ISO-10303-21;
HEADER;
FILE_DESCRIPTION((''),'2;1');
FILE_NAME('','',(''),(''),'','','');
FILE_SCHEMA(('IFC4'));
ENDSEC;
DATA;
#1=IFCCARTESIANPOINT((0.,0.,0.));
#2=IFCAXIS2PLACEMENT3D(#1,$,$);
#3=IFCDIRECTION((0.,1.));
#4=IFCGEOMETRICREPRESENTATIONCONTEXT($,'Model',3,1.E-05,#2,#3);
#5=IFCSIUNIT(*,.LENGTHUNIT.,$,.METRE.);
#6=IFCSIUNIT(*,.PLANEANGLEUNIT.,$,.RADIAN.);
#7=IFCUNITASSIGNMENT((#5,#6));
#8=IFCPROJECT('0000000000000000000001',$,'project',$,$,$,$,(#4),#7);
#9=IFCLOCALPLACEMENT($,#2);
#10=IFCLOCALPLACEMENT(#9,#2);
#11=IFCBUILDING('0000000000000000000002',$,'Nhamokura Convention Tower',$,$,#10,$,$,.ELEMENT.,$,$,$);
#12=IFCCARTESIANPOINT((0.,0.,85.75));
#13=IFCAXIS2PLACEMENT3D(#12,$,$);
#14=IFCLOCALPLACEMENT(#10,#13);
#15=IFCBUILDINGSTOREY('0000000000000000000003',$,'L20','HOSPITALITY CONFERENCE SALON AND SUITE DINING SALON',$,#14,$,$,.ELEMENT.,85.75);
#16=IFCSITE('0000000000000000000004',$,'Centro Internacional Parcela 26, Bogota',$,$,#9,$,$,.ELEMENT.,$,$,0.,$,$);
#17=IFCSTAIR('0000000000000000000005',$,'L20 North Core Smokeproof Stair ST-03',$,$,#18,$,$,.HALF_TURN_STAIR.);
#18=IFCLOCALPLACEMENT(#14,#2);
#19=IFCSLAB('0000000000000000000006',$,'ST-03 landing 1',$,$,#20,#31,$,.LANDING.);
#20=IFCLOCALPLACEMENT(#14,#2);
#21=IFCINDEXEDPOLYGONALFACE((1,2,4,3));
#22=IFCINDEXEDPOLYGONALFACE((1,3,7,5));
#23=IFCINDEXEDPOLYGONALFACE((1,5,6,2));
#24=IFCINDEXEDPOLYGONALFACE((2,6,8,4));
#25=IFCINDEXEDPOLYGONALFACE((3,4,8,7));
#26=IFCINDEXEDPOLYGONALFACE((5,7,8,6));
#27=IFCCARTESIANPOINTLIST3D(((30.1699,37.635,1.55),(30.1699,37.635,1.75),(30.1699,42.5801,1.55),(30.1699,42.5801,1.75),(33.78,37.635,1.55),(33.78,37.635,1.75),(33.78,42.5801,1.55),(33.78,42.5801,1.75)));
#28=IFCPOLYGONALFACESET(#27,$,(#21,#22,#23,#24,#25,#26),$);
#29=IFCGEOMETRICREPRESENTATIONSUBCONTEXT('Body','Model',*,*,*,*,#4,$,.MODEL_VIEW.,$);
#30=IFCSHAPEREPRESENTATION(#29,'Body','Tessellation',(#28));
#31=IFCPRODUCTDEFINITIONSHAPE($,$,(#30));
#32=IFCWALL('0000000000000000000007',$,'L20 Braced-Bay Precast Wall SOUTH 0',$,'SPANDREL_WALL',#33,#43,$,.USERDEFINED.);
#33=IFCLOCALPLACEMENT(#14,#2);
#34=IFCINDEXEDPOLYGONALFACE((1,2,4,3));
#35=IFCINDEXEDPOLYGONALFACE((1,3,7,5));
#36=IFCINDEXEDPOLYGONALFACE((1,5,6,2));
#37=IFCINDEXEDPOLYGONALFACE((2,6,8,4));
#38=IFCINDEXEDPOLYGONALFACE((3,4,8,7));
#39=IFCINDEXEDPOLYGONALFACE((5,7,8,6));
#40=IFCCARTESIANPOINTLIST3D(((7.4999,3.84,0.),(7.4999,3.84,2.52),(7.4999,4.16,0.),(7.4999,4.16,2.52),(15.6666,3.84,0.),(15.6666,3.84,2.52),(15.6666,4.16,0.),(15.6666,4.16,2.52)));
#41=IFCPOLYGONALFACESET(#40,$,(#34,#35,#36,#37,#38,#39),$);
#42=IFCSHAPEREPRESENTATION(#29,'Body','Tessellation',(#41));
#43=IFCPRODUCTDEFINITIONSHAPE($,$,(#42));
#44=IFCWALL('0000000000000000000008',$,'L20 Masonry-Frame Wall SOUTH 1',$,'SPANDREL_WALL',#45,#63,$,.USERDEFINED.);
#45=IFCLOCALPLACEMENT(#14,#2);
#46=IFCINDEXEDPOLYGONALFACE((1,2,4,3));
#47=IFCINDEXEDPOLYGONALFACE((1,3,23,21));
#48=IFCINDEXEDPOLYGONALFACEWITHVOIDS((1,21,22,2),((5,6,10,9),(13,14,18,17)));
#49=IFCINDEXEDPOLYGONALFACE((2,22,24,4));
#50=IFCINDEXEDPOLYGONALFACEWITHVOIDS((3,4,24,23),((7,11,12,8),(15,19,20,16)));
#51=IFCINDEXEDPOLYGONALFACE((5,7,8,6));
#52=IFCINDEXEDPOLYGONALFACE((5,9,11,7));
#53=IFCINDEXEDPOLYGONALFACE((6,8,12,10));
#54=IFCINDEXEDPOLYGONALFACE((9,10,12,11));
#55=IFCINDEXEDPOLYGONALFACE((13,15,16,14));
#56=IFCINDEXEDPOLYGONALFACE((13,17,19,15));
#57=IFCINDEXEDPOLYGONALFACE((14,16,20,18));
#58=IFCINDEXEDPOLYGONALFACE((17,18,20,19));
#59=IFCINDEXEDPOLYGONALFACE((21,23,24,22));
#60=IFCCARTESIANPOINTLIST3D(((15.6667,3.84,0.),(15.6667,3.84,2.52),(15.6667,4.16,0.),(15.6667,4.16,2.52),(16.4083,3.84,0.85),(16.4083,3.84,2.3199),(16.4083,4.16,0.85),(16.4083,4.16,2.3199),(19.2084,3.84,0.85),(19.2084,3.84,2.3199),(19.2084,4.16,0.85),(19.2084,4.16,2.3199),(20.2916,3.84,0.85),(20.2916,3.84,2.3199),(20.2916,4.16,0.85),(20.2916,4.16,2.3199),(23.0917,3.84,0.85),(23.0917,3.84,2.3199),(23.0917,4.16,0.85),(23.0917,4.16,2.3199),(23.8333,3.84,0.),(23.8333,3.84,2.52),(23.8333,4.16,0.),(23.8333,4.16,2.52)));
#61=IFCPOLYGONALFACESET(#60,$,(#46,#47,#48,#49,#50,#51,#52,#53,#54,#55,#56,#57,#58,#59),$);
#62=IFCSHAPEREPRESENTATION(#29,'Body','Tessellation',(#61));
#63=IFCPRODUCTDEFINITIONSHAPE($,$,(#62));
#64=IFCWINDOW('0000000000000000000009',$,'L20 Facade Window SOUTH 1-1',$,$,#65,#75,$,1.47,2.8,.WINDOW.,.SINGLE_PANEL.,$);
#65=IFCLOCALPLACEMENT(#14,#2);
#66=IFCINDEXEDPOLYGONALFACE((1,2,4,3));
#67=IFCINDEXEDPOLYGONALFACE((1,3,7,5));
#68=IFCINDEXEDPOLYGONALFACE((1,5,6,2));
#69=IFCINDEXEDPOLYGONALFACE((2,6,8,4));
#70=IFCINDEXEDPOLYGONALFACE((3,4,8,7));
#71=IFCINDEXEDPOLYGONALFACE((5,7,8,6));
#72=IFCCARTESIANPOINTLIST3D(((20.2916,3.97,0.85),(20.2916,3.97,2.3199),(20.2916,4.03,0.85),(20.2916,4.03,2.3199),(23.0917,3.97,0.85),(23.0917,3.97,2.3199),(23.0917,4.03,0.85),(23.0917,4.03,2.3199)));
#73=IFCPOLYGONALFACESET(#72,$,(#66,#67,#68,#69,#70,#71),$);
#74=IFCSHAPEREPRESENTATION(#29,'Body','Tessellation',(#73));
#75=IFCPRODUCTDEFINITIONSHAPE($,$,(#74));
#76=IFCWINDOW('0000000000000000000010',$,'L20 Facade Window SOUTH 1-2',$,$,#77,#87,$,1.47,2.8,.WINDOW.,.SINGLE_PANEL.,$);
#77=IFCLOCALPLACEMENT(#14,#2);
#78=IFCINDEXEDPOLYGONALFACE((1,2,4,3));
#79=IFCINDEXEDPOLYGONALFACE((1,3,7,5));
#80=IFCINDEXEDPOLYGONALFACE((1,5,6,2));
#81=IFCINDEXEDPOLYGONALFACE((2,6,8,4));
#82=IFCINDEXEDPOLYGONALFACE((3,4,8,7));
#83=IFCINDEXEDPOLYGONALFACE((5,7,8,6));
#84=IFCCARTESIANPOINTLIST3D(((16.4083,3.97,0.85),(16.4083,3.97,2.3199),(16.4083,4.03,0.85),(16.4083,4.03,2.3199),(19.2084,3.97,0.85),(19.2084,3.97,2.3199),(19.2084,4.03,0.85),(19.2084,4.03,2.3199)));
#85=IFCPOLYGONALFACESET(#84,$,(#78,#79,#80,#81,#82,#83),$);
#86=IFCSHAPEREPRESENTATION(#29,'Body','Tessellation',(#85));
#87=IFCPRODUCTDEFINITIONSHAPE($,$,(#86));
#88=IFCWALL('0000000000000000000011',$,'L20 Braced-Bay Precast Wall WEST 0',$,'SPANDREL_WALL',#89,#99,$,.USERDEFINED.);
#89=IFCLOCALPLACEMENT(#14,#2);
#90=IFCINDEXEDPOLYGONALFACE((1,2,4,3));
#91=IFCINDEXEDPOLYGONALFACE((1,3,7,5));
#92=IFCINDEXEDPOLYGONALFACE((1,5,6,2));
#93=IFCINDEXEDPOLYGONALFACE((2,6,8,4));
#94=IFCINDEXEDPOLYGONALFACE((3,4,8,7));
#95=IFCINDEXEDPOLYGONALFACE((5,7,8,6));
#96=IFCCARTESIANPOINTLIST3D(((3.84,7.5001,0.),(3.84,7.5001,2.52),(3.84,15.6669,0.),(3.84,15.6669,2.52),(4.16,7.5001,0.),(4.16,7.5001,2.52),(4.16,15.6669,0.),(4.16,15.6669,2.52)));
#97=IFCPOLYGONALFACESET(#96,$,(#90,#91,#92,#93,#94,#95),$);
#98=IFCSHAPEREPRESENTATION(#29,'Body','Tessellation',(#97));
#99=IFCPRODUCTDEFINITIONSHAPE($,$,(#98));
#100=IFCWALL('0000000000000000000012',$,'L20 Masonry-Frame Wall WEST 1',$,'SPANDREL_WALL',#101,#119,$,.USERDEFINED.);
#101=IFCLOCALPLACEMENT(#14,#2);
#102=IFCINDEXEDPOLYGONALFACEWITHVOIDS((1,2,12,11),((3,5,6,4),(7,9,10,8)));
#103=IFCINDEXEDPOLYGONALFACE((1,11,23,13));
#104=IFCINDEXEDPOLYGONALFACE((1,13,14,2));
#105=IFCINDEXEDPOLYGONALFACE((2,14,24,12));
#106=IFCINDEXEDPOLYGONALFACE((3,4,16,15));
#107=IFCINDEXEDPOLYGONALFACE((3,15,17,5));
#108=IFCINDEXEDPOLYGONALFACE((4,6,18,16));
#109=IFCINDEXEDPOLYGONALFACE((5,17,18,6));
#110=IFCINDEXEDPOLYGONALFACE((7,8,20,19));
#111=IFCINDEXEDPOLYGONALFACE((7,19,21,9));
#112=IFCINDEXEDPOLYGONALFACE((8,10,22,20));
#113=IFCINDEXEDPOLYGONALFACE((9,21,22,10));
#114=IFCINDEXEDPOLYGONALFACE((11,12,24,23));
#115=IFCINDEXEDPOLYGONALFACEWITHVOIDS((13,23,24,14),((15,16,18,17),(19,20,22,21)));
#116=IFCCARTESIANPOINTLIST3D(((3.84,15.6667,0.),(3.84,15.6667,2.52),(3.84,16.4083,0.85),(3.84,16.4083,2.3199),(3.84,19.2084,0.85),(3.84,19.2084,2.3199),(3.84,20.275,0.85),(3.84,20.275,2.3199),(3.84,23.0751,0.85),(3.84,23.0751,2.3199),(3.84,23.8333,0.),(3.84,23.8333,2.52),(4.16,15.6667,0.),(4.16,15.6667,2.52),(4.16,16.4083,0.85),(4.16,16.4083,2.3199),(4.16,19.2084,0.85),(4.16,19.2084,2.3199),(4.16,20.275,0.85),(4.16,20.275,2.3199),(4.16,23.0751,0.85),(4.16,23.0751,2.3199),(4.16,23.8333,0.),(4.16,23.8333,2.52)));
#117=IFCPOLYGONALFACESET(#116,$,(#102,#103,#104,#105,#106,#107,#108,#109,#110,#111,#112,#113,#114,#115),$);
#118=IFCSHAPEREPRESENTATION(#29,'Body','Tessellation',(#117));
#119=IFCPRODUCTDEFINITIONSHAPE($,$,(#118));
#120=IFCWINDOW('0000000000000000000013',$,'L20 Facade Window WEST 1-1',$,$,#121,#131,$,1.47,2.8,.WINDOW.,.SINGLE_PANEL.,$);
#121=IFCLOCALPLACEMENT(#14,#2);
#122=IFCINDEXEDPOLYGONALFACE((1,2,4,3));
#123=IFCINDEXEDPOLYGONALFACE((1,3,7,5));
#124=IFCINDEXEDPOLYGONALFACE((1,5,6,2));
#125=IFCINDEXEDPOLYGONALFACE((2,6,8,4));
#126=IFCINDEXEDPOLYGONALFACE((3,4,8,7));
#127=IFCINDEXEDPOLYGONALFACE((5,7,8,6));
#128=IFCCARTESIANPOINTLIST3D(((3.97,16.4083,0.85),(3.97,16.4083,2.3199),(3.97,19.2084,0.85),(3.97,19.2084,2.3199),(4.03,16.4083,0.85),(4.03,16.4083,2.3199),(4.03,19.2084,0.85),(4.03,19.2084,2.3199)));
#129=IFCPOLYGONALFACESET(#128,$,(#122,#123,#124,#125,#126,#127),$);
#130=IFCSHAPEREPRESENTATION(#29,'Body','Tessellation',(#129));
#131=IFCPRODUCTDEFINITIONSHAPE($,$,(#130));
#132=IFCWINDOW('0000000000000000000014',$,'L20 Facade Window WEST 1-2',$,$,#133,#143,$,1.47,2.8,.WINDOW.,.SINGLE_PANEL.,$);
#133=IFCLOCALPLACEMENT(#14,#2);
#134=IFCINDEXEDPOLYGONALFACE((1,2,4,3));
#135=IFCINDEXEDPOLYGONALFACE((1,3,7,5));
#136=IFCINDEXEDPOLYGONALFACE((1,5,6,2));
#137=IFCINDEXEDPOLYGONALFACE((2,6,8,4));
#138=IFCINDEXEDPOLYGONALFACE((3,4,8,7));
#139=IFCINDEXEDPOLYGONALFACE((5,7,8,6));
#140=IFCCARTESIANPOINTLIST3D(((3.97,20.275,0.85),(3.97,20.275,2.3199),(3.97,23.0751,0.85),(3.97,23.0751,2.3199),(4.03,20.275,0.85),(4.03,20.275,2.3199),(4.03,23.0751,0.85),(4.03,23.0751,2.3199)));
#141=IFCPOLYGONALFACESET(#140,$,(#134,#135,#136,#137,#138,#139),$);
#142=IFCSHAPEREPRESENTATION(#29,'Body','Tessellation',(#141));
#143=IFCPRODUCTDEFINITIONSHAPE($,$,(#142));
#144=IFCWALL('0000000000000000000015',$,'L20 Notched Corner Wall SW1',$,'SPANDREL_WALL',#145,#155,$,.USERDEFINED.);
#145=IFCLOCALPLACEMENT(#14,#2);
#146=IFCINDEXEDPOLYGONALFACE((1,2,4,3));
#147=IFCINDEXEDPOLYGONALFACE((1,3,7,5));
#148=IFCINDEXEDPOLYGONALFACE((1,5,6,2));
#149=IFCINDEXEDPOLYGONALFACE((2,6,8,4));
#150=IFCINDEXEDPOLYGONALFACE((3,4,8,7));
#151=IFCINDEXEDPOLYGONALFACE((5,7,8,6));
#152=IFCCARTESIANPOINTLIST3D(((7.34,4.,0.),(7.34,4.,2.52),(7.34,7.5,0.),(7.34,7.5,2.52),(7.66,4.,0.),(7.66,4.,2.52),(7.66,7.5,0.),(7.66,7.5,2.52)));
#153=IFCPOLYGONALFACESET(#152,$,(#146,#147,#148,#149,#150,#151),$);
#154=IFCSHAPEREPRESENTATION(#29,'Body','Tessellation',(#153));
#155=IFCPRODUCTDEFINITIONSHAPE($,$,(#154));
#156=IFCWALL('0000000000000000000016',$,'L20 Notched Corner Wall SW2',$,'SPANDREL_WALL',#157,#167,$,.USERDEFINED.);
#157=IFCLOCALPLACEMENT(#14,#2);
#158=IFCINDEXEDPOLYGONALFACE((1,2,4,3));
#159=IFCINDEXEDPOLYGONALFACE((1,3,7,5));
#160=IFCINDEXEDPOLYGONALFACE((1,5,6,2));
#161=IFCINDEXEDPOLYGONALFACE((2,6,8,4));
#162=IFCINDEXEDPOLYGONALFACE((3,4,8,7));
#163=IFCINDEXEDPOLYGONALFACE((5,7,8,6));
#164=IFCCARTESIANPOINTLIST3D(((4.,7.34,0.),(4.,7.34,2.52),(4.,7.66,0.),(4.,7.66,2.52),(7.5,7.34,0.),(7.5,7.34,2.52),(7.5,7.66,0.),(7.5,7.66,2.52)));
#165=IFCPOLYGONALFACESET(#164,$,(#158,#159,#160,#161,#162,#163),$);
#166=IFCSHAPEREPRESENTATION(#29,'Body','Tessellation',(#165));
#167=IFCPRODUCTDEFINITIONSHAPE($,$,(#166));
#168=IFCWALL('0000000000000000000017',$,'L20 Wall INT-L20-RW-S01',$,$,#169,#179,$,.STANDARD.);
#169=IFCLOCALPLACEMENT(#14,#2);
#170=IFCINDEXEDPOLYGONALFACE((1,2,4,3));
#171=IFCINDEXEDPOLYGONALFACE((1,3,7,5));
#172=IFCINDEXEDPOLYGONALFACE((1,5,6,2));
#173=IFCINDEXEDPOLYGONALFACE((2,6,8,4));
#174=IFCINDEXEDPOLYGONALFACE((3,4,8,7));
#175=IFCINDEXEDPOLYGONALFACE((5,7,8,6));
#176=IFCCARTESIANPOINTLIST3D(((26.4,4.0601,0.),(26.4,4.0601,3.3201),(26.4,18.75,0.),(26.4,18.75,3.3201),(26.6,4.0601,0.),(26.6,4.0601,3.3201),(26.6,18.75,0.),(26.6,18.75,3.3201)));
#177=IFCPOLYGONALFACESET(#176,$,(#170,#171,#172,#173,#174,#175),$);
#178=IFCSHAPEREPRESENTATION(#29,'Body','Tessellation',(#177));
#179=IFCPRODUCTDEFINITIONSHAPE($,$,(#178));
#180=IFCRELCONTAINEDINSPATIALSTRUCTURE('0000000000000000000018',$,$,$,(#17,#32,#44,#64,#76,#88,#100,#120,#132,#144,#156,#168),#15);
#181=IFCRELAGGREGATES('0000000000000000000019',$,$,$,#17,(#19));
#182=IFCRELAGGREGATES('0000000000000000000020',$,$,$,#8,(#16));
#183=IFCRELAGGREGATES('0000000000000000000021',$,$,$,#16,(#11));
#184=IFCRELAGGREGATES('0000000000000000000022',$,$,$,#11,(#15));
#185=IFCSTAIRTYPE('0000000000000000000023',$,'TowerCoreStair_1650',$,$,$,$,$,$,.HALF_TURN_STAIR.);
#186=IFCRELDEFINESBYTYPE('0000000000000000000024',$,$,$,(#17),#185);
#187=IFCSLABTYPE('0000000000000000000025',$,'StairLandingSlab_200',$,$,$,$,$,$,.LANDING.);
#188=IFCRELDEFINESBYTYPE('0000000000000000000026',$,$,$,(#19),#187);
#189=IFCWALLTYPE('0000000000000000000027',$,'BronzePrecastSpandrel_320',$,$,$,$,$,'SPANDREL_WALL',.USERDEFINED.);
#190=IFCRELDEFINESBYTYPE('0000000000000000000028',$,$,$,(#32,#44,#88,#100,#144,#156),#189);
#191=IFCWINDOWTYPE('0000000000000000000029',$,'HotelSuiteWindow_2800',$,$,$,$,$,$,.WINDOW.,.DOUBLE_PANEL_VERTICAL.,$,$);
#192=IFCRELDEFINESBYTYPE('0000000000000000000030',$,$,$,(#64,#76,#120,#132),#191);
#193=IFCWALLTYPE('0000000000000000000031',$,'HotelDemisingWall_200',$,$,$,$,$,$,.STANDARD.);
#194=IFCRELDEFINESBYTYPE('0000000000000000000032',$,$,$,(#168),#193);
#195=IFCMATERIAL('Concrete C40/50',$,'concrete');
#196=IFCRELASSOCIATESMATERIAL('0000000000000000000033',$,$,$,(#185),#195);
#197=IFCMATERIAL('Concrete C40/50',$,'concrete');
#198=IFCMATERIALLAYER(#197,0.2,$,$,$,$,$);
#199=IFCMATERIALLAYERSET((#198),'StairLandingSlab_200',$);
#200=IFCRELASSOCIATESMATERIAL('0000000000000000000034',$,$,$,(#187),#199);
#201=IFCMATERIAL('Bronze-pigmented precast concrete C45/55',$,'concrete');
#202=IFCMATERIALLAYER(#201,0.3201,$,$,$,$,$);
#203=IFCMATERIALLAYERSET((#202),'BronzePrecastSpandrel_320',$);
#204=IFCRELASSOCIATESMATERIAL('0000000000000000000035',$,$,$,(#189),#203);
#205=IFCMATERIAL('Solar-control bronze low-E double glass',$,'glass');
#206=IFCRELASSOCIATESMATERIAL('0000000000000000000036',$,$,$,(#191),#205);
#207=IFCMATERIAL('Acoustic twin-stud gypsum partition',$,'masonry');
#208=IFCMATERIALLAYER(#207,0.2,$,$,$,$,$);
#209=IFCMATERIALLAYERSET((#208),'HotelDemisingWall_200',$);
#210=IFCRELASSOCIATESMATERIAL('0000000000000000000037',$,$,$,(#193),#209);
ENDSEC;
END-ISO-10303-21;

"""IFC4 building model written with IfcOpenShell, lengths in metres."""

from ifc_helpers import new_model, si_unit, direction, frame, frame_2d, origin, place, context, subcontext, project, spatial, polyline, rectangle, outline, extrude, material, layer, layer_set, type_object, element, fill, aggregate, save


model = new_model("IFC4")

# Units and contexts
model_context = context("Model", 3, precision=1e-05, world=origin(), true_north=direction((0.0, 1.0)))
body_context = subcontext(model_context, "Body", "Model", "MODEL_VIEW")
ifc_project = project(units=[si_unit("LENGTHUNIT", "METRE"), si_unit("PLANEANGLEUNIT", "RADIAN")], contexts=[model_context])

# Site, building, storey
site_placement = place(None, origin())
site = spatial("IfcSite", under=ifc_project, at=site_placement, Name="Centro Internacional Parcela 26, Bogota", CompositionType="ELEMENT", RefElevation=0.0)
building_placement = place(site_placement, origin())
building = spatial("IfcBuilding", under=site, at=building_placement, Name="Nhamokura Convention Tower", CompositionType="ELEMENT")
storey_placement = place(building_placement, frame((0.0, 0.0, 85.75)))
storey = spatial("IfcBuildingStorey", under=building, at=storey_placement, Name="L20", Description="HOSPITALITY CONFERENCE SALON AND SUITE DINING SALON", CompositionType="ELEMENT", Elevation=85.75)

# Stair, slab
ifc_material_1 = material(Name="Concrete C40/50", Category="concrete")
stair_type = type_object("IfcStairType", Name="TowerCoreStair_1650", PredefinedType="HALF_TURN_STAIR", material=ifc_material_1)
ifc_material_2 = material(Name="Concrete C40/50", Category="concrete")
ifc_layer_1 = layer(ifc_material_2, 0.2)
ifc_layer_set_1 = layer_set([ifc_layer_1], Name="StairLandingSlab_200")
slab_type_1 = type_object("IfcSlabType", Name="StairLandingSlab_200", PredefinedType="LANDING", material=ifc_layer_set_1)
stair_1_placement = place(storey_placement, origin())
stair_1 = element("IfcStair", 1, at=stair_1_placement, inside=storey, type_object=stair_type, Name="L20 North Core Smokeproof Stair ST-03", PredefinedType="HALF_TURN_STAIR")
slab_1_placement = place(storey_placement, frame((0.0, 0.0, 1.55)))
slab_1 = element("IfcSlab", 2, at=slab_1_placement, type_object=slab_type_1, Name="ST-03 landing 1", PredefinedType="LANDING", context=body_context, shape_type="SweptSolid", body=[
    extrude(outline(polyline([(33.78, 37.635), (33.78, 42.5801), (30.1699, 42.5801), (30.1699, 37.635), (33.78, 37.635)])), origin(), (0.0, 0.0, 1.0), 0.2),
])
aggregate(stair_1, [slab_1])

# Wall
ifc_material_3 = material(Name="Bronze-pigmented precast concrete C45/55", Category="concrete")
ifc_layer_2 = layer(ifc_material_3, 0.3201)
ifc_layer_set_2 = layer_set([ifc_layer_2], Name="BronzePrecastSpandrel_320")
wall_type_1 = type_object("IfcWallType", Name="BronzePrecastSpandrel_320", ElementType="SPANDREL_WALL", PredefinedType="USERDEFINED", material=ifc_layer_set_2)
wall_1_placement = place(storey_placement, frame((15.6667, 4.0, 0.0), z_axis=(0.0, 0.0, 1.0), x_axis=(-1.0, 0.0, 0.0)))
element("IfcWall", 3, at=wall_1_placement, inside=storey, type_object=wall_type_1, Name="L20 Braced-Bay Precast Wall SOUTH 0", ObjectType="SPANDREL_WALL", PredefinedType="USERDEFINED", context=body_context, shape_type="SweptSolid", body=[
    extrude(rectangle(XDim=8.1667, YDim=0.3201, at=frame_2d((4.0835, 0.0))), origin(), (0.0, 0.0, 1.0), 2.52),
])

# Wall, openings, windows
wall_2_placement = place(storey_placement, frame((23.8333, 4.0, 0.0), z_axis=(0.0, 0.0, 1.0), x_axis=(-1.0, 0.0, 0.0)))
wall_2 = element("IfcWall", 4, at=wall_2_placement, inside=storey, type_object=wall_type_1, Name="L20 Masonry-Frame Wall SOUTH 1", ObjectType="SPANDREL_WALL", PredefinedType="USERDEFINED", context=body_context, shape_type="SweptSolid", body=[
    extrude(rectangle(XDim=8.1665, YDim=0.3201, at=frame_2d((4.0833, 0.0))), origin(), (0.0, 0.0, 1.0), 2.52),
])
opening_1_placement = place(wall_2_placement, frame((0.7417, 0.0, 0.8501)))
opening_1 = element("IfcOpeningElement", 5, at=opening_1_placement, cuts=wall_2, PredefinedType="OPENING", context=body_context, shape_type="SweptSolid", body=[
    extrude(rectangle(XDim=2.8, YDim=1.47, at=frame_2d((1.3999, 0.7349))), frame((0.0, 0.1699, 0.0), z_axis=(0.0, -1.0, 0.0), x_axis=(1.0, 0.0, 0.0)), (0.0, 0.0, 1.0), 0.3401),
])
opening_2_placement = place(wall_2_placement, frame((4.625, 0.0, 0.8501)))
opening_2 = element("IfcOpeningElement", 6, at=opening_2_placement, cuts=wall_2, PredefinedType="OPENING", context=body_context, shape_type="SweptSolid", body=[
    extrude(rectangle(XDim=2.8, YDim=1.47, at=frame_2d((1.3999, 0.7349))), frame((0.0, 0.1699, 0.0), z_axis=(0.0, -1.0, 0.0), x_axis=(1.0, 0.0, 0.0)), (0.0, 0.0, 1.0), 0.3401),
])
ifc_material_4 = material(Name="Solar-control bronze low-E double glass", Category="glass")
window_type = type_object("IfcWindowType", Name="HotelSuiteWindow_2800", PartitioningType="DOUBLE_PANEL_VERTICAL", PredefinedType="WINDOW", material=ifc_material_4)
window_1_placement = place(opening_1_placement, origin())
window_1 = element("IfcWindow", 7, at=window_1_placement, inside=storey, type_object=window_type, Name="L20 Facade Window SOUTH 1-1", OverallHeight=1.47, OverallWidth=2.8, PartitioningType="SINGLE_PANEL", PredefinedType="WINDOW", context=body_context, shape_type="SweptSolid", body=[
    extrude(rectangle(XDim=2.8, YDim=1.47, at=frame_2d((1.3999, 0.7349))), frame((0.0, 0.03, 0.0), z_axis=(0.0, -1.0, 0.0), x_axis=(1.0, 0.0, 0.0)), (0.0, 0.0, 1.0), 0.0601),
])
fill(opening_1, window_1)
window_2_placement = place(opening_2_placement, origin())
window_2 = element("IfcWindow", 8, at=window_2_placement, inside=storey, type_object=window_type, Name="L20 Facade Window SOUTH 1-2", OverallHeight=1.47, OverallWidth=2.8, PartitioningType="SINGLE_PANEL", PredefinedType="WINDOW", context=body_context, shape_type="SweptSolid", body=[
    extrude(rectangle(XDim=2.8, YDim=1.47, at=frame_2d((1.3999, 0.7349))), frame((0.0, 0.03, 0.0), z_axis=(0.0, -1.0, 0.0), x_axis=(1.0, 0.0, 0.0)), (0.0, 0.0, 1.0), 0.0601),
])
fill(opening_2, window_2)

# Wall
wall_3_placement = place(storey_placement, frame((4.0, 7.5, 0.0), z_axis=(0.0, 0.0, 1.0), x_axis=(0.0, 1.0, 0.0)))
element("IfcWall", 9, at=wall_3_placement, inside=storey, type_object=wall_type_1, Name="L20 Braced-Bay Precast Wall WEST 0", ObjectType="SPANDREL_WALL", PredefinedType="USERDEFINED", context=body_context, shape_type="SweptSolid", body=[
    extrude(rectangle(XDim=8.1667, YDim=0.3201, at=frame_2d((4.0835, 0.0))), origin(), (0.0, 0.0, 1.0), 2.52),
])

# Wall, openings, windows
wall_4_placement = place(storey_placement, frame((4.0, 15.6667, 0.0), z_axis=(0.0, 0.0, 1.0), x_axis=(0.0, 1.0, 0.0)))
wall_4 = element("IfcWall", 10, at=wall_4_placement, inside=storey, type_object=wall_type_1, Name="L20 Masonry-Frame Wall WEST 1", ObjectType="SPANDREL_WALL", PredefinedType="USERDEFINED", context=body_context, shape_type="SweptSolid", body=[
    extrude(rectangle(XDim=8.1665, YDim=0.3201, at=frame_2d((4.0833, 0.0))), origin(), (0.0, 0.0, 1.0), 2.52),
])
opening_3_placement = place(wall_4_placement, frame((0.7417, 0.0, 0.8501)))
opening_3 = element("IfcOpeningElement", 11, at=opening_3_placement, cuts=wall_4, PredefinedType="OPENING", context=body_context, shape_type="SweptSolid", body=[
    extrude(rectangle(XDim=2.8, YDim=1.47, at=frame_2d((1.3999, 0.7349))), frame((0.0, 0.1699, 0.0), z_axis=(0.0, -1.0, 0.0), x_axis=(1.0, 0.0, 0.0)), (0.0, 0.0, 1.0), 0.3401),
])
opening_4_placement = place(wall_4_placement, frame((4.6084, 0.0, 0.8501)))
opening_4 = element("IfcOpeningElement", 12, at=opening_4_placement, cuts=wall_4, PredefinedType="OPENING", context=body_context, shape_type="SweptSolid", body=[
    extrude(rectangle(XDim=2.8, YDim=1.47, at=frame_2d((1.3999, 0.7349))), frame((0.0, 0.1699, 0.0), z_axis=(0.0, -1.0, 0.0), x_axis=(1.0, 0.0, 0.0)), (0.0, 0.0, 1.0), 0.3401),
])
window_3_placement = place(opening_3_placement, origin())
window_3 = element("IfcWindow", 13, at=window_3_placement, inside=storey, type_object=window_type, Name="L20 Facade Window WEST 1-1", OverallHeight=1.47, OverallWidth=2.8, PartitioningType="SINGLE_PANEL", PredefinedType="WINDOW", context=body_context, shape_type="SweptSolid", body=[
    extrude(rectangle(XDim=2.8, YDim=1.47, at=frame_2d((1.3999, 0.7349))), frame((0.0, 0.03, 0.0), z_axis=(0.0, -1.0, 0.0), x_axis=(1.0, 0.0, 0.0)), (0.0, 0.0, 1.0), 0.0601),
])
fill(opening_3, window_3)
window_4_placement = place(opening_4_placement, origin())
window_4 = element("IfcWindow", 14, at=window_4_placement, inside=storey, type_object=window_type, Name="L20 Facade Window WEST 1-2", OverallHeight=1.47, OverallWidth=2.8, PartitioningType="SINGLE_PANEL", PredefinedType="WINDOW", context=body_context, shape_type="SweptSolid", body=[
    extrude(rectangle(XDim=2.8, YDim=1.47, at=frame_2d((1.3999, 0.7349))), frame((0.0, 0.03, 0.0), z_axis=(0.0, -1.0, 0.0), x_axis=(1.0, 0.0, 0.0)), (0.0, 0.0, 1.0), 0.0601),
])
fill(opening_4, window_4)

# Walls
for number, where, z_axis, x_axis, name in (
    (15, (7.5, 4.0, 0.0), (0.0, 0.0, 1.0), (0.0, 1.0, 0.0), "L20 Notched Corner Wall SW1"),
    (16, (7.5, 7.5, 0.0), (0.0, 0.0, 1.0), (-1.0, 0.0, 0.0), "L20 Notched Corner Wall SW2"),
):
    element("IfcWall", number, at=place(storey_placement, frame(where, z_axis=z_axis, x_axis=x_axis)), inside=storey, type_object=wall_type_1, Name=name, ObjectType="SPANDREL_WALL", PredefinedType="USERDEFINED", context=body_context, shape_type="SweptSolid", body=[
        extrude(rectangle(XDim=3.5, YDim=0.3201, at=frame_2d((1.75, 0.0))), origin(), (0.0, 0.0, 1.0), 2.52),
    ])
ifc_material_5 = material(Name="Acoustic twin-stud gypsum partition", Category="masonry")
ifc_layer_3 = layer(ifc_material_5, 0.2)
ifc_layer_set_3 = layer_set([ifc_layer_3], Name="HotelDemisingWall_200")
wall_type_2 = type_object("IfcWallType", Name="HotelDemisingWall_200", PredefinedType="STANDARD", material=ifc_layer_set_3)
wall_5_placement = place(storey_placement, frame((26.5, 4.0601, 0.0), z_axis=(0.0, 0.0, 1.0), x_axis=(0.0, 1.0, 0.0)))
element("IfcWall", 17, at=wall_5_placement, inside=storey, type_object=wall_type_2, Name="L20 Wall INT-L20-RW-S01", PredefinedType="STANDARD", context=body_context, shape_type="SweptSolid", body=[
    extrude(rectangle(XDim=14.6899, YDim=0.2, at=frame_2d((7.345, 0.0))), origin(), (0.0, 0.0, 1.0), 3.3201),
])

save(model, "model.ifc")
